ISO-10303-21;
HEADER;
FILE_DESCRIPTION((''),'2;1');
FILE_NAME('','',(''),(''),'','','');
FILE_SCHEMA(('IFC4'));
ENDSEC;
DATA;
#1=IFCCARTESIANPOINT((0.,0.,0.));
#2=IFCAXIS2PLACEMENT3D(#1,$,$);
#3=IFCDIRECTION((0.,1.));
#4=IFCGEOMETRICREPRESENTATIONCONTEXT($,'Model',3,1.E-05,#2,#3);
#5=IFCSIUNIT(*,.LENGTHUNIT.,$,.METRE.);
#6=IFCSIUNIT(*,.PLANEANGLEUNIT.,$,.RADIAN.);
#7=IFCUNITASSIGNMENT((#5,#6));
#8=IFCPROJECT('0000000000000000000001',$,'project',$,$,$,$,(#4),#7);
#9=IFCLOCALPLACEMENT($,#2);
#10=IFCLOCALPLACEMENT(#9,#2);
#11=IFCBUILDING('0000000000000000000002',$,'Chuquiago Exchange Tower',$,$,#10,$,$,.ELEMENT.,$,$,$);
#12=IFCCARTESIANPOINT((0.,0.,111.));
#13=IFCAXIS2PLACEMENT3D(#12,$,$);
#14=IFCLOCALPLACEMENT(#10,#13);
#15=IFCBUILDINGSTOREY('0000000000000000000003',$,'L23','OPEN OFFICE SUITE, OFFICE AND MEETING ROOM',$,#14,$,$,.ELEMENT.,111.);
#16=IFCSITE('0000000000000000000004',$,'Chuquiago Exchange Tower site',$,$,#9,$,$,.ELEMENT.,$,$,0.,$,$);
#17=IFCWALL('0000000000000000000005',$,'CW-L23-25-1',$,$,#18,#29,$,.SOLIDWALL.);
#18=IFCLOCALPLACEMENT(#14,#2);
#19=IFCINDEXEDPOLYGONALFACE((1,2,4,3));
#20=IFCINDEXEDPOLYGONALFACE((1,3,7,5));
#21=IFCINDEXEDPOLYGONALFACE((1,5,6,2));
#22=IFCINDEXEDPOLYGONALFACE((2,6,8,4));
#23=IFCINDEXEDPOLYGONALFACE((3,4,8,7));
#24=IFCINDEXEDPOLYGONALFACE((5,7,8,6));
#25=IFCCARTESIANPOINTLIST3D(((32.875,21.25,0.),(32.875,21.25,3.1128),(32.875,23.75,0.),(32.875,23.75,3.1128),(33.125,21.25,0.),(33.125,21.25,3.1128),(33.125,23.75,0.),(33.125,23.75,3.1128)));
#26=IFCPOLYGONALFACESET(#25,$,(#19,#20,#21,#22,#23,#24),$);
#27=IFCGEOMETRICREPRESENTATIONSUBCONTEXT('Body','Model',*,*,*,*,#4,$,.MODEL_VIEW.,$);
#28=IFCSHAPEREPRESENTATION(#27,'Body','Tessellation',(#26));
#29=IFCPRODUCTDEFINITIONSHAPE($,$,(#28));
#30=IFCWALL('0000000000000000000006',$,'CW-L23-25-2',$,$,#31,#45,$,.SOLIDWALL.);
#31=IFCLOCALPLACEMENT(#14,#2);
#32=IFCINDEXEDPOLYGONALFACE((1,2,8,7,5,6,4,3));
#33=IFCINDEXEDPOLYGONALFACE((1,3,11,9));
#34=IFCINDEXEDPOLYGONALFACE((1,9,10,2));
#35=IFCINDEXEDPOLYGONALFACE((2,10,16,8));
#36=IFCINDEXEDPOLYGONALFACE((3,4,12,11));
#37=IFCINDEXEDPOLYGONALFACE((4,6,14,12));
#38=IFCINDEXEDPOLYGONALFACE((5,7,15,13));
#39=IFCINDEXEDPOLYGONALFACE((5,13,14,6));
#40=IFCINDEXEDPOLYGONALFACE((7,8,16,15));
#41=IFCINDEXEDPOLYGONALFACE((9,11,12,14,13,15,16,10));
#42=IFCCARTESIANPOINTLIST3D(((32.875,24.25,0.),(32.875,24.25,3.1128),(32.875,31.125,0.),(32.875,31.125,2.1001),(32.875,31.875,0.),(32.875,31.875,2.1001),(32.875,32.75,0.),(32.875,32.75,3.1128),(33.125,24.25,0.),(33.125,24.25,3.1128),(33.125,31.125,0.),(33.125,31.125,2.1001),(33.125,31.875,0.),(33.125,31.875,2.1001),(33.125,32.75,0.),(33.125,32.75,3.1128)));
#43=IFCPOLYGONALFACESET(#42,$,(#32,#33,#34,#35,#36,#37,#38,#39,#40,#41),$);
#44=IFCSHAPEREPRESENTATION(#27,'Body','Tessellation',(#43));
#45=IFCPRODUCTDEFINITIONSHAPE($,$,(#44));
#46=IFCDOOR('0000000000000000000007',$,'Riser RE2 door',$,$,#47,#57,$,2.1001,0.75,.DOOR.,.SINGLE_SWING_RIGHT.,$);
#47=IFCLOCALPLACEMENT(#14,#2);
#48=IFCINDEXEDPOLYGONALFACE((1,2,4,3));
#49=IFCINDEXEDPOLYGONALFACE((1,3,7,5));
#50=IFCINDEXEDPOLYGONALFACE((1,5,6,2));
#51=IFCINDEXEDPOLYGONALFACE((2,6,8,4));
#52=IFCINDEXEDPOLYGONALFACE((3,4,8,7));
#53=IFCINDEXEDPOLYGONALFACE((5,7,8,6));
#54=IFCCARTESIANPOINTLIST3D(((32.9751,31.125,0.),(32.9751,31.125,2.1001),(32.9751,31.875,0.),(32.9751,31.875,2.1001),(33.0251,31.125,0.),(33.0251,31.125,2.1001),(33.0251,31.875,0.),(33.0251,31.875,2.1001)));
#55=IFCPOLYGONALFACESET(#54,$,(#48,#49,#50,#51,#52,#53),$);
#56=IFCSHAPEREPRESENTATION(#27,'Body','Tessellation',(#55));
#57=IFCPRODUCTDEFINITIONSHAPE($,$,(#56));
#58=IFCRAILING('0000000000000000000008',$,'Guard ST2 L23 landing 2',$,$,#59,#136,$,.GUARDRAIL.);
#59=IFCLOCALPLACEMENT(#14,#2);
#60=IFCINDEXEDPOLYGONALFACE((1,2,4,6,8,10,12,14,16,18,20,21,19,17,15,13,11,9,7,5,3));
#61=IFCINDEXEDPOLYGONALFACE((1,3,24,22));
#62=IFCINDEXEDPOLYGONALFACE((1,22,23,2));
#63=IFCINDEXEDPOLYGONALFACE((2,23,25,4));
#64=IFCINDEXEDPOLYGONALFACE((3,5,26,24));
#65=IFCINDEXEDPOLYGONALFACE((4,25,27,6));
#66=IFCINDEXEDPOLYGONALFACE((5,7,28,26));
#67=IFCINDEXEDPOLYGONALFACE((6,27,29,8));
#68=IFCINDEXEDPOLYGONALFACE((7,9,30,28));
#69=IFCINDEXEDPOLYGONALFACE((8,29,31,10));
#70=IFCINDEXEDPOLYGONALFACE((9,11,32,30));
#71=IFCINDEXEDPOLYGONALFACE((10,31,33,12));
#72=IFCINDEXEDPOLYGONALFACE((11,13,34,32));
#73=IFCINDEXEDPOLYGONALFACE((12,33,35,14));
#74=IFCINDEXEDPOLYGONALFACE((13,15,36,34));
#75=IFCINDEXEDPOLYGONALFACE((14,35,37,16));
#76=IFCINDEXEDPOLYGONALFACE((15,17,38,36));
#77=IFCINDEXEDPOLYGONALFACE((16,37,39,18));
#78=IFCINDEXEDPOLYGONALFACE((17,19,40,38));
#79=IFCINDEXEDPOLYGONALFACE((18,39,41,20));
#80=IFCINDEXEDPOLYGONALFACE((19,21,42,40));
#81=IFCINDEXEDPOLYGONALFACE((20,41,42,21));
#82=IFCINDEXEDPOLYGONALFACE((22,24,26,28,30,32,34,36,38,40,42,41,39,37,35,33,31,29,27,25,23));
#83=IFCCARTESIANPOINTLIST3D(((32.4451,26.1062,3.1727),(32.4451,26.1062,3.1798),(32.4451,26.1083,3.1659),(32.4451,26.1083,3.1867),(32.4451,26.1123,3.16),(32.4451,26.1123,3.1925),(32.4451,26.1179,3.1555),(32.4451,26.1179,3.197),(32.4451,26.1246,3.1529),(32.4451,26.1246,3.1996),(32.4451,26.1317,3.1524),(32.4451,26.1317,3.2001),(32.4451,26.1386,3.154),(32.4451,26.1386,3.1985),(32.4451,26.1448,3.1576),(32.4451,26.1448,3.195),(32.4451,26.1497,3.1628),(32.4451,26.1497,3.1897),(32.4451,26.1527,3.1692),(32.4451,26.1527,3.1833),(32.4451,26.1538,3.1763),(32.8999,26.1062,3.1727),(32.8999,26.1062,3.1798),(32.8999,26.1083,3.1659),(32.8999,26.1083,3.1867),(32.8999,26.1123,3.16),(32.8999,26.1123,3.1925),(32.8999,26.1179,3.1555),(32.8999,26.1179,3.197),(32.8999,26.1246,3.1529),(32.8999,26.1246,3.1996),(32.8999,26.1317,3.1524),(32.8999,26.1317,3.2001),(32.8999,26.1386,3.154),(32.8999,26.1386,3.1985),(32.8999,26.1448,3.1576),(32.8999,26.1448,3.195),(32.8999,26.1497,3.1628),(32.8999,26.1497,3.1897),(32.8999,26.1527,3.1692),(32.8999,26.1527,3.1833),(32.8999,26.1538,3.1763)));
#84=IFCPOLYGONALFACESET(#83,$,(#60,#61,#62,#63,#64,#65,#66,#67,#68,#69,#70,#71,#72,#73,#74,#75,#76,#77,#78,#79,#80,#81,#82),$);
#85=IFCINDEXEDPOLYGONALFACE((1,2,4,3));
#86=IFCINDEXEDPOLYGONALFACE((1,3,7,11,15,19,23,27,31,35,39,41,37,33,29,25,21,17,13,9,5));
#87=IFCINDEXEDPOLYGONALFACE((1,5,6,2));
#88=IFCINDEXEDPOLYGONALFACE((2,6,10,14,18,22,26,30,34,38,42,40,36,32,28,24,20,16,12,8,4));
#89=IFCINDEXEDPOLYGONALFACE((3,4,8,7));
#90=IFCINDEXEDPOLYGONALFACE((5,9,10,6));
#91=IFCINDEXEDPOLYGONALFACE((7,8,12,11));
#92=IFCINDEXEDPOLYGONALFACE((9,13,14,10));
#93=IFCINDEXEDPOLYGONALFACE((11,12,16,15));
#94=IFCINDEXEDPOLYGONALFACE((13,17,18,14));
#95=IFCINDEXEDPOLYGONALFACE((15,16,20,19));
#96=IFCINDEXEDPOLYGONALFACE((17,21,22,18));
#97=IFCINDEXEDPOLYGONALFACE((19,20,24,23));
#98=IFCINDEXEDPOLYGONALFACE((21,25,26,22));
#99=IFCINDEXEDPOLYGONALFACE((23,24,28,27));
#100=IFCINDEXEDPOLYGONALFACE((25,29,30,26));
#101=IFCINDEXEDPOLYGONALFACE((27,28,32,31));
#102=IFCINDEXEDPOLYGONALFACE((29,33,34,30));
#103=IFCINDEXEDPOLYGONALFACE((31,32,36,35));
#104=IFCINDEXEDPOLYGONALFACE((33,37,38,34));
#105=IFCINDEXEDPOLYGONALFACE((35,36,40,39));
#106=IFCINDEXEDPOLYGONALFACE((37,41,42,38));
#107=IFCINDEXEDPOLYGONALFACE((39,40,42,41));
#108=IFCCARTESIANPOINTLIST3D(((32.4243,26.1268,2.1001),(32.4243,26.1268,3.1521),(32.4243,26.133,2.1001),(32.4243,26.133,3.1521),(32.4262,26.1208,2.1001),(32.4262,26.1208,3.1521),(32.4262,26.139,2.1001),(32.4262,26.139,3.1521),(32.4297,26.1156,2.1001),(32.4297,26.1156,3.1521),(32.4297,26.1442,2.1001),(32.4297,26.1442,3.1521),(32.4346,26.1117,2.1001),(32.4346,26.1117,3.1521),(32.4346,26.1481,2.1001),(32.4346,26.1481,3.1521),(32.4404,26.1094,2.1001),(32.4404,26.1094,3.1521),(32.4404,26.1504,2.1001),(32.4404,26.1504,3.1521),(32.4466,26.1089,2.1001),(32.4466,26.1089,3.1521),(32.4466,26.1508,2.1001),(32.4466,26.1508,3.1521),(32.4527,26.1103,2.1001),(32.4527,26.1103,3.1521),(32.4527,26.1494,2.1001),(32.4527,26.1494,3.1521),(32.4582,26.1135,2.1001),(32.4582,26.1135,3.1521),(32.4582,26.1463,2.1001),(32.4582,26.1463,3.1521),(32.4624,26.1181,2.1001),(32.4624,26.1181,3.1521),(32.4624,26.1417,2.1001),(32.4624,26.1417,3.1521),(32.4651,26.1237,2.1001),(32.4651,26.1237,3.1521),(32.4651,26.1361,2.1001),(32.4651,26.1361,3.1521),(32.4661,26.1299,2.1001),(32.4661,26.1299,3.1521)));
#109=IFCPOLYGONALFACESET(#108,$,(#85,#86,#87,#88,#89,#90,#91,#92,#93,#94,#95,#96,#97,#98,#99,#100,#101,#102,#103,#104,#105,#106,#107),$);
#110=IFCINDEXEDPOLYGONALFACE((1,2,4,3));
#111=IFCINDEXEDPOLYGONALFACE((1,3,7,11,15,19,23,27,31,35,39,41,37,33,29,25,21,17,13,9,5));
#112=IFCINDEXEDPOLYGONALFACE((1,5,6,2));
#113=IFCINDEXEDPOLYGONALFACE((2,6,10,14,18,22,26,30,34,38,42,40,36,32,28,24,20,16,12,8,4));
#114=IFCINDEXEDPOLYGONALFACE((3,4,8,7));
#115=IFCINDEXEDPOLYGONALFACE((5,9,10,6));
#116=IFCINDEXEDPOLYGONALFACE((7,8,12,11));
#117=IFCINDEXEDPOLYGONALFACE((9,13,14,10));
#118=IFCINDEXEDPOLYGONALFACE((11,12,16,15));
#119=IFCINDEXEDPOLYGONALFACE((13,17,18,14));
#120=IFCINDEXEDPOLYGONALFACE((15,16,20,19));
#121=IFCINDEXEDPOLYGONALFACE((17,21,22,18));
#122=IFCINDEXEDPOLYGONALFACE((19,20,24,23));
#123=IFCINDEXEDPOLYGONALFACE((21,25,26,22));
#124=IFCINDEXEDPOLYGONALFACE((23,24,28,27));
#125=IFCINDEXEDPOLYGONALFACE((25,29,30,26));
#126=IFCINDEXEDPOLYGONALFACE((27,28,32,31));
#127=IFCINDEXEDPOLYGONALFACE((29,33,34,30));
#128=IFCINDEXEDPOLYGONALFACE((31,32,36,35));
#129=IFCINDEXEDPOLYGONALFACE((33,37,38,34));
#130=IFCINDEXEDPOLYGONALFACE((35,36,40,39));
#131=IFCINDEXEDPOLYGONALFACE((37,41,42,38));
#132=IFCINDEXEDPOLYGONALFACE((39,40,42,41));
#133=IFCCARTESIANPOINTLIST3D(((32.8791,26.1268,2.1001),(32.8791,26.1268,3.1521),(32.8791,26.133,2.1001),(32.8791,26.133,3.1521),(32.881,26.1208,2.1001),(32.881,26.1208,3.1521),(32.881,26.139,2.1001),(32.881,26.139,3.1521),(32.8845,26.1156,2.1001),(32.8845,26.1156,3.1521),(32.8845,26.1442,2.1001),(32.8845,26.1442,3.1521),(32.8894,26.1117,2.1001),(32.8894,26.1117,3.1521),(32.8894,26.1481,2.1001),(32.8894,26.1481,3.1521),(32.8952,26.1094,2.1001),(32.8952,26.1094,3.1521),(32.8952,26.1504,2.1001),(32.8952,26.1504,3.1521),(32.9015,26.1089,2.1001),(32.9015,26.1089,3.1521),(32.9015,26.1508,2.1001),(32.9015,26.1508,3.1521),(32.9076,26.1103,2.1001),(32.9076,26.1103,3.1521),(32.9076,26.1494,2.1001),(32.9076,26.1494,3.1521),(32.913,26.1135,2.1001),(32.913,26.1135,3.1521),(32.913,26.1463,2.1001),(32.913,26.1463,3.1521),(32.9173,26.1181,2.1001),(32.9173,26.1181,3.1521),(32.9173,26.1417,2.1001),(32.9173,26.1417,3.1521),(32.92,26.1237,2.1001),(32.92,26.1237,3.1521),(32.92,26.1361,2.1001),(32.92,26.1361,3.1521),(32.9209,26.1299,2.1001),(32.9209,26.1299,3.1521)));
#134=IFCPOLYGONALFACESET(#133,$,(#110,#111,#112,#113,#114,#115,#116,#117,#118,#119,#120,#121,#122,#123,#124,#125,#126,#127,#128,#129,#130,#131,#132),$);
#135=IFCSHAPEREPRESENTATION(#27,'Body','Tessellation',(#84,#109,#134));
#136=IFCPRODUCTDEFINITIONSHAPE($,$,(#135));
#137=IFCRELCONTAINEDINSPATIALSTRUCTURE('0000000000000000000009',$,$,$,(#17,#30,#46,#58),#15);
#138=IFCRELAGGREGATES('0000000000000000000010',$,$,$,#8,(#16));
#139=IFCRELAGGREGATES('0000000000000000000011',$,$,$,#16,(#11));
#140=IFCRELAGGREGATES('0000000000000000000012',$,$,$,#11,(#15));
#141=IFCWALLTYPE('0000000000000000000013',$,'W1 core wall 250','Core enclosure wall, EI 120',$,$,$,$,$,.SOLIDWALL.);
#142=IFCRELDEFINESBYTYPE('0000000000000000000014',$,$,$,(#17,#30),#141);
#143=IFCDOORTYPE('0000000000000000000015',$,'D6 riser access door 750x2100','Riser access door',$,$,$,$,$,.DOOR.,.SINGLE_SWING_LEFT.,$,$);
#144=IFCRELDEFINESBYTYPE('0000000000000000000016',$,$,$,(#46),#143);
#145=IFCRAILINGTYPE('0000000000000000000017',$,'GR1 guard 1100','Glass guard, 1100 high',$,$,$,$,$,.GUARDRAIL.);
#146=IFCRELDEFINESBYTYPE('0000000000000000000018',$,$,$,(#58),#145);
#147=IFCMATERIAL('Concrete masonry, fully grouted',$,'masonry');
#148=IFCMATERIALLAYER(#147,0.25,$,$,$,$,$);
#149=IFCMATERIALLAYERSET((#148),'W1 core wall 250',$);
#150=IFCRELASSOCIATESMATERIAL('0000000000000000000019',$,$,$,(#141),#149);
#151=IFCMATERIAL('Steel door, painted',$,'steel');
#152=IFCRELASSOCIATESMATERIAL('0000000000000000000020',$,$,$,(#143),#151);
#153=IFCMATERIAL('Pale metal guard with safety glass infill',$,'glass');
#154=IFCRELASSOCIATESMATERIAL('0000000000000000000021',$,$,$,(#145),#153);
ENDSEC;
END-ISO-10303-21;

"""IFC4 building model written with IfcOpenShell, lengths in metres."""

from ifc_helpers import new_model, si_unit, direction, frame, frame_2d, origin, origin_2d, place, context, subcontext, project, spatial, rectangle, circle, extrude, material, layer, layer_set, type_object, element, fill, save


model = new_model("IFC4")

# Units and contexts
model_context = context("Model", 3, precision=1e-05, world=origin(), true_north=direction((0.0, 1.0)))
body_context = subcontext(model_context, "Body", "Model", "MODEL_VIEW")
ifc_project = project(units=[si_unit("LENGTHUNIT", "METRE"), si_unit("PLANEANGLEUNIT", "RADIAN")], contexts=[model_context])

# Site, building, storey
site_placement = place(None, origin())
site = spatial("IfcSite", under=ifc_project, at=site_placement, Name="Chuquiago Exchange Tower site", CompositionType="ELEMENT", RefElevation=0.0)
building_placement = place(site_placement, origin())
building = spatial("IfcBuilding", under=site, at=building_placement, Name="Chuquiago Exchange Tower", CompositionType="ELEMENT")
storey_placement = place(building_placement, frame((0.0, 0.0, 111.0)))
storey = spatial("IfcBuildingStorey", under=building, at=storey_placement, Name="L23", Description="OPEN OFFICE SUITE, OFFICE AND MEETING ROOM", CompositionType="ELEMENT", Elevation=111.0)

# Wall
ifc_material_1 = material(Name="Concrete masonry, fully grouted", Category="masonry")
ifc_layer_1 = layer(ifc_material_1, 0.25)
ifc_layer_set_1 = layer_set([ifc_layer_1], Name="W1 core wall 250")
wall_type_1 = type_object("IfcWallType", Name="W1 core wall 250", Description="Core enclosure wall, EI 120", PredefinedType="SOLIDWALL", material=ifc_layer_set_1)
wall_1_placement = place(storey_placement, frame((33.0, 21.25, 0.0), z_axis=(0.0, 0.0, 1.0), x_axis=(0.0, 1.0, 0.0)))
element("IfcWall", 1, at=wall_1_placement, inside=storey, type_object=wall_type_1, Name="CW-L23-25-1", PredefinedType="SOLIDWALL", context=body_context, shape_type="SweptSolid", body=[
    extrude(rectangle(XDim=2.5, YDim=0.25, at=frame_2d((1.25, 0.0))), origin(), (0.0, 0.0, 1.0), 3.1128),
])

# Wall, opening, door
wall_2_placement = place(storey_placement, frame((33.0, 24.25, 0.0), z_axis=(0.0, 0.0, 1.0), x_axis=(0.0, 1.0, 0.0)))
wall_2 = element("IfcWall", 2, at=wall_2_placement, inside=storey, type_object=wall_type_1, Name="CW-L23-25-2", PredefinedType="SOLIDWALL", context=body_context, shape_type="SweptSolid", body=[
    extrude(rectangle(XDim=8.5, YDim=0.25, at=frame_2d((4.25, 0.0))), origin(), (0.0, 0.0, 1.0), 3.1128),
])
opening_1_placement = place(wall_2_placement, frame((6.875, 0.0, 0.0)))
opening_1 = element("IfcOpeningElement", 3, at=opening_1_placement, cuts=wall_2, PredefinedType="OPENING", context=body_context, shape_type="SweptSolid", body=[
    extrude(rectangle(XDim=0.75, YDim=2.1001, at=frame_2d((0.375, 1.05))), frame((0.0, 0.135, 0.0), z_axis=(0.0, -1.0, 0.0), x_axis=(1.0, 0.0, 0.0)), (0.0, 0.0, 1.0), 0.27),
])
ifc_material_2 = material(Name="Steel door, painted", Category="steel")
door_type_1 = type_object("IfcDoorType", Name="D6 riser access door 750x2100", Description="Riser access door", OperationType="SINGLE_SWING_LEFT", PredefinedType="DOOR", material=ifc_material_2)
door_1_placement = place(opening_1_placement, origin())
door_1 = element("IfcDoor", 4, at=door_1_placement, inside=storey, type_object=door_type_1, Name="Riser RE2 door", OperationType="SINGLE_SWING_RIGHT", OverallHeight=2.1001, OverallWidth=0.75, PredefinedType="DOOR", context=body_context, shape_type="SweptSolid", body=[
    extrude(rectangle(XDim=0.75, YDim=2.1001, at=frame_2d((0.375, 1.05))), frame((0.0, 0.0249, 0.0), z_axis=(0.0, -1.0, 0.0), x_axis=(1.0, 0.0, 0.0)), (0.0, 0.0, 1.0), 0.05),
])
fill(opening_1, door_1)

# Railing
ifc_material_3 = material(Name="Pale metal guard with safety glass infill", Category="glass")
railing_type_1 = type_object("IfcRailingType", Name="GR1 guard 1100", Description="Glass guard, 1100 high", PredefinedType="GUARDRAIL", material=ifc_material_3)
railing_1_placement = place(storey_placement, frame((32.4451, 26.1299, 2.1001)))
element("IfcRailing", 5, at=railing_1_placement, inside=storey, type_object=railing_type_1, Name="Guard ST2 L23 landing 2", PredefinedType="GUARDRAIL", context=body_context, shape_type="SweptSolid", body=[
    extrude(circle(Radius=0.0239, at=origin_2d()), frame((0.0, 0.0, 1.0762), z_axis=(1.0, 0.0, 0.0), x_axis=(0.0, 1.0, 0.0)), (0.0, 0.0, 1.0), 0.4548),
    extrude(circle(Radius=0.021, at=origin_2d()), origin(), (0.0, 0.0, 1.0), 1.052),
    extrude(circle(Radius=0.021, at=origin_2d()), frame((0.4548, 0.0, 0.0)), (0.0, 0.0, 1.0), 1.052),
])

save(model, "model.ifc")
